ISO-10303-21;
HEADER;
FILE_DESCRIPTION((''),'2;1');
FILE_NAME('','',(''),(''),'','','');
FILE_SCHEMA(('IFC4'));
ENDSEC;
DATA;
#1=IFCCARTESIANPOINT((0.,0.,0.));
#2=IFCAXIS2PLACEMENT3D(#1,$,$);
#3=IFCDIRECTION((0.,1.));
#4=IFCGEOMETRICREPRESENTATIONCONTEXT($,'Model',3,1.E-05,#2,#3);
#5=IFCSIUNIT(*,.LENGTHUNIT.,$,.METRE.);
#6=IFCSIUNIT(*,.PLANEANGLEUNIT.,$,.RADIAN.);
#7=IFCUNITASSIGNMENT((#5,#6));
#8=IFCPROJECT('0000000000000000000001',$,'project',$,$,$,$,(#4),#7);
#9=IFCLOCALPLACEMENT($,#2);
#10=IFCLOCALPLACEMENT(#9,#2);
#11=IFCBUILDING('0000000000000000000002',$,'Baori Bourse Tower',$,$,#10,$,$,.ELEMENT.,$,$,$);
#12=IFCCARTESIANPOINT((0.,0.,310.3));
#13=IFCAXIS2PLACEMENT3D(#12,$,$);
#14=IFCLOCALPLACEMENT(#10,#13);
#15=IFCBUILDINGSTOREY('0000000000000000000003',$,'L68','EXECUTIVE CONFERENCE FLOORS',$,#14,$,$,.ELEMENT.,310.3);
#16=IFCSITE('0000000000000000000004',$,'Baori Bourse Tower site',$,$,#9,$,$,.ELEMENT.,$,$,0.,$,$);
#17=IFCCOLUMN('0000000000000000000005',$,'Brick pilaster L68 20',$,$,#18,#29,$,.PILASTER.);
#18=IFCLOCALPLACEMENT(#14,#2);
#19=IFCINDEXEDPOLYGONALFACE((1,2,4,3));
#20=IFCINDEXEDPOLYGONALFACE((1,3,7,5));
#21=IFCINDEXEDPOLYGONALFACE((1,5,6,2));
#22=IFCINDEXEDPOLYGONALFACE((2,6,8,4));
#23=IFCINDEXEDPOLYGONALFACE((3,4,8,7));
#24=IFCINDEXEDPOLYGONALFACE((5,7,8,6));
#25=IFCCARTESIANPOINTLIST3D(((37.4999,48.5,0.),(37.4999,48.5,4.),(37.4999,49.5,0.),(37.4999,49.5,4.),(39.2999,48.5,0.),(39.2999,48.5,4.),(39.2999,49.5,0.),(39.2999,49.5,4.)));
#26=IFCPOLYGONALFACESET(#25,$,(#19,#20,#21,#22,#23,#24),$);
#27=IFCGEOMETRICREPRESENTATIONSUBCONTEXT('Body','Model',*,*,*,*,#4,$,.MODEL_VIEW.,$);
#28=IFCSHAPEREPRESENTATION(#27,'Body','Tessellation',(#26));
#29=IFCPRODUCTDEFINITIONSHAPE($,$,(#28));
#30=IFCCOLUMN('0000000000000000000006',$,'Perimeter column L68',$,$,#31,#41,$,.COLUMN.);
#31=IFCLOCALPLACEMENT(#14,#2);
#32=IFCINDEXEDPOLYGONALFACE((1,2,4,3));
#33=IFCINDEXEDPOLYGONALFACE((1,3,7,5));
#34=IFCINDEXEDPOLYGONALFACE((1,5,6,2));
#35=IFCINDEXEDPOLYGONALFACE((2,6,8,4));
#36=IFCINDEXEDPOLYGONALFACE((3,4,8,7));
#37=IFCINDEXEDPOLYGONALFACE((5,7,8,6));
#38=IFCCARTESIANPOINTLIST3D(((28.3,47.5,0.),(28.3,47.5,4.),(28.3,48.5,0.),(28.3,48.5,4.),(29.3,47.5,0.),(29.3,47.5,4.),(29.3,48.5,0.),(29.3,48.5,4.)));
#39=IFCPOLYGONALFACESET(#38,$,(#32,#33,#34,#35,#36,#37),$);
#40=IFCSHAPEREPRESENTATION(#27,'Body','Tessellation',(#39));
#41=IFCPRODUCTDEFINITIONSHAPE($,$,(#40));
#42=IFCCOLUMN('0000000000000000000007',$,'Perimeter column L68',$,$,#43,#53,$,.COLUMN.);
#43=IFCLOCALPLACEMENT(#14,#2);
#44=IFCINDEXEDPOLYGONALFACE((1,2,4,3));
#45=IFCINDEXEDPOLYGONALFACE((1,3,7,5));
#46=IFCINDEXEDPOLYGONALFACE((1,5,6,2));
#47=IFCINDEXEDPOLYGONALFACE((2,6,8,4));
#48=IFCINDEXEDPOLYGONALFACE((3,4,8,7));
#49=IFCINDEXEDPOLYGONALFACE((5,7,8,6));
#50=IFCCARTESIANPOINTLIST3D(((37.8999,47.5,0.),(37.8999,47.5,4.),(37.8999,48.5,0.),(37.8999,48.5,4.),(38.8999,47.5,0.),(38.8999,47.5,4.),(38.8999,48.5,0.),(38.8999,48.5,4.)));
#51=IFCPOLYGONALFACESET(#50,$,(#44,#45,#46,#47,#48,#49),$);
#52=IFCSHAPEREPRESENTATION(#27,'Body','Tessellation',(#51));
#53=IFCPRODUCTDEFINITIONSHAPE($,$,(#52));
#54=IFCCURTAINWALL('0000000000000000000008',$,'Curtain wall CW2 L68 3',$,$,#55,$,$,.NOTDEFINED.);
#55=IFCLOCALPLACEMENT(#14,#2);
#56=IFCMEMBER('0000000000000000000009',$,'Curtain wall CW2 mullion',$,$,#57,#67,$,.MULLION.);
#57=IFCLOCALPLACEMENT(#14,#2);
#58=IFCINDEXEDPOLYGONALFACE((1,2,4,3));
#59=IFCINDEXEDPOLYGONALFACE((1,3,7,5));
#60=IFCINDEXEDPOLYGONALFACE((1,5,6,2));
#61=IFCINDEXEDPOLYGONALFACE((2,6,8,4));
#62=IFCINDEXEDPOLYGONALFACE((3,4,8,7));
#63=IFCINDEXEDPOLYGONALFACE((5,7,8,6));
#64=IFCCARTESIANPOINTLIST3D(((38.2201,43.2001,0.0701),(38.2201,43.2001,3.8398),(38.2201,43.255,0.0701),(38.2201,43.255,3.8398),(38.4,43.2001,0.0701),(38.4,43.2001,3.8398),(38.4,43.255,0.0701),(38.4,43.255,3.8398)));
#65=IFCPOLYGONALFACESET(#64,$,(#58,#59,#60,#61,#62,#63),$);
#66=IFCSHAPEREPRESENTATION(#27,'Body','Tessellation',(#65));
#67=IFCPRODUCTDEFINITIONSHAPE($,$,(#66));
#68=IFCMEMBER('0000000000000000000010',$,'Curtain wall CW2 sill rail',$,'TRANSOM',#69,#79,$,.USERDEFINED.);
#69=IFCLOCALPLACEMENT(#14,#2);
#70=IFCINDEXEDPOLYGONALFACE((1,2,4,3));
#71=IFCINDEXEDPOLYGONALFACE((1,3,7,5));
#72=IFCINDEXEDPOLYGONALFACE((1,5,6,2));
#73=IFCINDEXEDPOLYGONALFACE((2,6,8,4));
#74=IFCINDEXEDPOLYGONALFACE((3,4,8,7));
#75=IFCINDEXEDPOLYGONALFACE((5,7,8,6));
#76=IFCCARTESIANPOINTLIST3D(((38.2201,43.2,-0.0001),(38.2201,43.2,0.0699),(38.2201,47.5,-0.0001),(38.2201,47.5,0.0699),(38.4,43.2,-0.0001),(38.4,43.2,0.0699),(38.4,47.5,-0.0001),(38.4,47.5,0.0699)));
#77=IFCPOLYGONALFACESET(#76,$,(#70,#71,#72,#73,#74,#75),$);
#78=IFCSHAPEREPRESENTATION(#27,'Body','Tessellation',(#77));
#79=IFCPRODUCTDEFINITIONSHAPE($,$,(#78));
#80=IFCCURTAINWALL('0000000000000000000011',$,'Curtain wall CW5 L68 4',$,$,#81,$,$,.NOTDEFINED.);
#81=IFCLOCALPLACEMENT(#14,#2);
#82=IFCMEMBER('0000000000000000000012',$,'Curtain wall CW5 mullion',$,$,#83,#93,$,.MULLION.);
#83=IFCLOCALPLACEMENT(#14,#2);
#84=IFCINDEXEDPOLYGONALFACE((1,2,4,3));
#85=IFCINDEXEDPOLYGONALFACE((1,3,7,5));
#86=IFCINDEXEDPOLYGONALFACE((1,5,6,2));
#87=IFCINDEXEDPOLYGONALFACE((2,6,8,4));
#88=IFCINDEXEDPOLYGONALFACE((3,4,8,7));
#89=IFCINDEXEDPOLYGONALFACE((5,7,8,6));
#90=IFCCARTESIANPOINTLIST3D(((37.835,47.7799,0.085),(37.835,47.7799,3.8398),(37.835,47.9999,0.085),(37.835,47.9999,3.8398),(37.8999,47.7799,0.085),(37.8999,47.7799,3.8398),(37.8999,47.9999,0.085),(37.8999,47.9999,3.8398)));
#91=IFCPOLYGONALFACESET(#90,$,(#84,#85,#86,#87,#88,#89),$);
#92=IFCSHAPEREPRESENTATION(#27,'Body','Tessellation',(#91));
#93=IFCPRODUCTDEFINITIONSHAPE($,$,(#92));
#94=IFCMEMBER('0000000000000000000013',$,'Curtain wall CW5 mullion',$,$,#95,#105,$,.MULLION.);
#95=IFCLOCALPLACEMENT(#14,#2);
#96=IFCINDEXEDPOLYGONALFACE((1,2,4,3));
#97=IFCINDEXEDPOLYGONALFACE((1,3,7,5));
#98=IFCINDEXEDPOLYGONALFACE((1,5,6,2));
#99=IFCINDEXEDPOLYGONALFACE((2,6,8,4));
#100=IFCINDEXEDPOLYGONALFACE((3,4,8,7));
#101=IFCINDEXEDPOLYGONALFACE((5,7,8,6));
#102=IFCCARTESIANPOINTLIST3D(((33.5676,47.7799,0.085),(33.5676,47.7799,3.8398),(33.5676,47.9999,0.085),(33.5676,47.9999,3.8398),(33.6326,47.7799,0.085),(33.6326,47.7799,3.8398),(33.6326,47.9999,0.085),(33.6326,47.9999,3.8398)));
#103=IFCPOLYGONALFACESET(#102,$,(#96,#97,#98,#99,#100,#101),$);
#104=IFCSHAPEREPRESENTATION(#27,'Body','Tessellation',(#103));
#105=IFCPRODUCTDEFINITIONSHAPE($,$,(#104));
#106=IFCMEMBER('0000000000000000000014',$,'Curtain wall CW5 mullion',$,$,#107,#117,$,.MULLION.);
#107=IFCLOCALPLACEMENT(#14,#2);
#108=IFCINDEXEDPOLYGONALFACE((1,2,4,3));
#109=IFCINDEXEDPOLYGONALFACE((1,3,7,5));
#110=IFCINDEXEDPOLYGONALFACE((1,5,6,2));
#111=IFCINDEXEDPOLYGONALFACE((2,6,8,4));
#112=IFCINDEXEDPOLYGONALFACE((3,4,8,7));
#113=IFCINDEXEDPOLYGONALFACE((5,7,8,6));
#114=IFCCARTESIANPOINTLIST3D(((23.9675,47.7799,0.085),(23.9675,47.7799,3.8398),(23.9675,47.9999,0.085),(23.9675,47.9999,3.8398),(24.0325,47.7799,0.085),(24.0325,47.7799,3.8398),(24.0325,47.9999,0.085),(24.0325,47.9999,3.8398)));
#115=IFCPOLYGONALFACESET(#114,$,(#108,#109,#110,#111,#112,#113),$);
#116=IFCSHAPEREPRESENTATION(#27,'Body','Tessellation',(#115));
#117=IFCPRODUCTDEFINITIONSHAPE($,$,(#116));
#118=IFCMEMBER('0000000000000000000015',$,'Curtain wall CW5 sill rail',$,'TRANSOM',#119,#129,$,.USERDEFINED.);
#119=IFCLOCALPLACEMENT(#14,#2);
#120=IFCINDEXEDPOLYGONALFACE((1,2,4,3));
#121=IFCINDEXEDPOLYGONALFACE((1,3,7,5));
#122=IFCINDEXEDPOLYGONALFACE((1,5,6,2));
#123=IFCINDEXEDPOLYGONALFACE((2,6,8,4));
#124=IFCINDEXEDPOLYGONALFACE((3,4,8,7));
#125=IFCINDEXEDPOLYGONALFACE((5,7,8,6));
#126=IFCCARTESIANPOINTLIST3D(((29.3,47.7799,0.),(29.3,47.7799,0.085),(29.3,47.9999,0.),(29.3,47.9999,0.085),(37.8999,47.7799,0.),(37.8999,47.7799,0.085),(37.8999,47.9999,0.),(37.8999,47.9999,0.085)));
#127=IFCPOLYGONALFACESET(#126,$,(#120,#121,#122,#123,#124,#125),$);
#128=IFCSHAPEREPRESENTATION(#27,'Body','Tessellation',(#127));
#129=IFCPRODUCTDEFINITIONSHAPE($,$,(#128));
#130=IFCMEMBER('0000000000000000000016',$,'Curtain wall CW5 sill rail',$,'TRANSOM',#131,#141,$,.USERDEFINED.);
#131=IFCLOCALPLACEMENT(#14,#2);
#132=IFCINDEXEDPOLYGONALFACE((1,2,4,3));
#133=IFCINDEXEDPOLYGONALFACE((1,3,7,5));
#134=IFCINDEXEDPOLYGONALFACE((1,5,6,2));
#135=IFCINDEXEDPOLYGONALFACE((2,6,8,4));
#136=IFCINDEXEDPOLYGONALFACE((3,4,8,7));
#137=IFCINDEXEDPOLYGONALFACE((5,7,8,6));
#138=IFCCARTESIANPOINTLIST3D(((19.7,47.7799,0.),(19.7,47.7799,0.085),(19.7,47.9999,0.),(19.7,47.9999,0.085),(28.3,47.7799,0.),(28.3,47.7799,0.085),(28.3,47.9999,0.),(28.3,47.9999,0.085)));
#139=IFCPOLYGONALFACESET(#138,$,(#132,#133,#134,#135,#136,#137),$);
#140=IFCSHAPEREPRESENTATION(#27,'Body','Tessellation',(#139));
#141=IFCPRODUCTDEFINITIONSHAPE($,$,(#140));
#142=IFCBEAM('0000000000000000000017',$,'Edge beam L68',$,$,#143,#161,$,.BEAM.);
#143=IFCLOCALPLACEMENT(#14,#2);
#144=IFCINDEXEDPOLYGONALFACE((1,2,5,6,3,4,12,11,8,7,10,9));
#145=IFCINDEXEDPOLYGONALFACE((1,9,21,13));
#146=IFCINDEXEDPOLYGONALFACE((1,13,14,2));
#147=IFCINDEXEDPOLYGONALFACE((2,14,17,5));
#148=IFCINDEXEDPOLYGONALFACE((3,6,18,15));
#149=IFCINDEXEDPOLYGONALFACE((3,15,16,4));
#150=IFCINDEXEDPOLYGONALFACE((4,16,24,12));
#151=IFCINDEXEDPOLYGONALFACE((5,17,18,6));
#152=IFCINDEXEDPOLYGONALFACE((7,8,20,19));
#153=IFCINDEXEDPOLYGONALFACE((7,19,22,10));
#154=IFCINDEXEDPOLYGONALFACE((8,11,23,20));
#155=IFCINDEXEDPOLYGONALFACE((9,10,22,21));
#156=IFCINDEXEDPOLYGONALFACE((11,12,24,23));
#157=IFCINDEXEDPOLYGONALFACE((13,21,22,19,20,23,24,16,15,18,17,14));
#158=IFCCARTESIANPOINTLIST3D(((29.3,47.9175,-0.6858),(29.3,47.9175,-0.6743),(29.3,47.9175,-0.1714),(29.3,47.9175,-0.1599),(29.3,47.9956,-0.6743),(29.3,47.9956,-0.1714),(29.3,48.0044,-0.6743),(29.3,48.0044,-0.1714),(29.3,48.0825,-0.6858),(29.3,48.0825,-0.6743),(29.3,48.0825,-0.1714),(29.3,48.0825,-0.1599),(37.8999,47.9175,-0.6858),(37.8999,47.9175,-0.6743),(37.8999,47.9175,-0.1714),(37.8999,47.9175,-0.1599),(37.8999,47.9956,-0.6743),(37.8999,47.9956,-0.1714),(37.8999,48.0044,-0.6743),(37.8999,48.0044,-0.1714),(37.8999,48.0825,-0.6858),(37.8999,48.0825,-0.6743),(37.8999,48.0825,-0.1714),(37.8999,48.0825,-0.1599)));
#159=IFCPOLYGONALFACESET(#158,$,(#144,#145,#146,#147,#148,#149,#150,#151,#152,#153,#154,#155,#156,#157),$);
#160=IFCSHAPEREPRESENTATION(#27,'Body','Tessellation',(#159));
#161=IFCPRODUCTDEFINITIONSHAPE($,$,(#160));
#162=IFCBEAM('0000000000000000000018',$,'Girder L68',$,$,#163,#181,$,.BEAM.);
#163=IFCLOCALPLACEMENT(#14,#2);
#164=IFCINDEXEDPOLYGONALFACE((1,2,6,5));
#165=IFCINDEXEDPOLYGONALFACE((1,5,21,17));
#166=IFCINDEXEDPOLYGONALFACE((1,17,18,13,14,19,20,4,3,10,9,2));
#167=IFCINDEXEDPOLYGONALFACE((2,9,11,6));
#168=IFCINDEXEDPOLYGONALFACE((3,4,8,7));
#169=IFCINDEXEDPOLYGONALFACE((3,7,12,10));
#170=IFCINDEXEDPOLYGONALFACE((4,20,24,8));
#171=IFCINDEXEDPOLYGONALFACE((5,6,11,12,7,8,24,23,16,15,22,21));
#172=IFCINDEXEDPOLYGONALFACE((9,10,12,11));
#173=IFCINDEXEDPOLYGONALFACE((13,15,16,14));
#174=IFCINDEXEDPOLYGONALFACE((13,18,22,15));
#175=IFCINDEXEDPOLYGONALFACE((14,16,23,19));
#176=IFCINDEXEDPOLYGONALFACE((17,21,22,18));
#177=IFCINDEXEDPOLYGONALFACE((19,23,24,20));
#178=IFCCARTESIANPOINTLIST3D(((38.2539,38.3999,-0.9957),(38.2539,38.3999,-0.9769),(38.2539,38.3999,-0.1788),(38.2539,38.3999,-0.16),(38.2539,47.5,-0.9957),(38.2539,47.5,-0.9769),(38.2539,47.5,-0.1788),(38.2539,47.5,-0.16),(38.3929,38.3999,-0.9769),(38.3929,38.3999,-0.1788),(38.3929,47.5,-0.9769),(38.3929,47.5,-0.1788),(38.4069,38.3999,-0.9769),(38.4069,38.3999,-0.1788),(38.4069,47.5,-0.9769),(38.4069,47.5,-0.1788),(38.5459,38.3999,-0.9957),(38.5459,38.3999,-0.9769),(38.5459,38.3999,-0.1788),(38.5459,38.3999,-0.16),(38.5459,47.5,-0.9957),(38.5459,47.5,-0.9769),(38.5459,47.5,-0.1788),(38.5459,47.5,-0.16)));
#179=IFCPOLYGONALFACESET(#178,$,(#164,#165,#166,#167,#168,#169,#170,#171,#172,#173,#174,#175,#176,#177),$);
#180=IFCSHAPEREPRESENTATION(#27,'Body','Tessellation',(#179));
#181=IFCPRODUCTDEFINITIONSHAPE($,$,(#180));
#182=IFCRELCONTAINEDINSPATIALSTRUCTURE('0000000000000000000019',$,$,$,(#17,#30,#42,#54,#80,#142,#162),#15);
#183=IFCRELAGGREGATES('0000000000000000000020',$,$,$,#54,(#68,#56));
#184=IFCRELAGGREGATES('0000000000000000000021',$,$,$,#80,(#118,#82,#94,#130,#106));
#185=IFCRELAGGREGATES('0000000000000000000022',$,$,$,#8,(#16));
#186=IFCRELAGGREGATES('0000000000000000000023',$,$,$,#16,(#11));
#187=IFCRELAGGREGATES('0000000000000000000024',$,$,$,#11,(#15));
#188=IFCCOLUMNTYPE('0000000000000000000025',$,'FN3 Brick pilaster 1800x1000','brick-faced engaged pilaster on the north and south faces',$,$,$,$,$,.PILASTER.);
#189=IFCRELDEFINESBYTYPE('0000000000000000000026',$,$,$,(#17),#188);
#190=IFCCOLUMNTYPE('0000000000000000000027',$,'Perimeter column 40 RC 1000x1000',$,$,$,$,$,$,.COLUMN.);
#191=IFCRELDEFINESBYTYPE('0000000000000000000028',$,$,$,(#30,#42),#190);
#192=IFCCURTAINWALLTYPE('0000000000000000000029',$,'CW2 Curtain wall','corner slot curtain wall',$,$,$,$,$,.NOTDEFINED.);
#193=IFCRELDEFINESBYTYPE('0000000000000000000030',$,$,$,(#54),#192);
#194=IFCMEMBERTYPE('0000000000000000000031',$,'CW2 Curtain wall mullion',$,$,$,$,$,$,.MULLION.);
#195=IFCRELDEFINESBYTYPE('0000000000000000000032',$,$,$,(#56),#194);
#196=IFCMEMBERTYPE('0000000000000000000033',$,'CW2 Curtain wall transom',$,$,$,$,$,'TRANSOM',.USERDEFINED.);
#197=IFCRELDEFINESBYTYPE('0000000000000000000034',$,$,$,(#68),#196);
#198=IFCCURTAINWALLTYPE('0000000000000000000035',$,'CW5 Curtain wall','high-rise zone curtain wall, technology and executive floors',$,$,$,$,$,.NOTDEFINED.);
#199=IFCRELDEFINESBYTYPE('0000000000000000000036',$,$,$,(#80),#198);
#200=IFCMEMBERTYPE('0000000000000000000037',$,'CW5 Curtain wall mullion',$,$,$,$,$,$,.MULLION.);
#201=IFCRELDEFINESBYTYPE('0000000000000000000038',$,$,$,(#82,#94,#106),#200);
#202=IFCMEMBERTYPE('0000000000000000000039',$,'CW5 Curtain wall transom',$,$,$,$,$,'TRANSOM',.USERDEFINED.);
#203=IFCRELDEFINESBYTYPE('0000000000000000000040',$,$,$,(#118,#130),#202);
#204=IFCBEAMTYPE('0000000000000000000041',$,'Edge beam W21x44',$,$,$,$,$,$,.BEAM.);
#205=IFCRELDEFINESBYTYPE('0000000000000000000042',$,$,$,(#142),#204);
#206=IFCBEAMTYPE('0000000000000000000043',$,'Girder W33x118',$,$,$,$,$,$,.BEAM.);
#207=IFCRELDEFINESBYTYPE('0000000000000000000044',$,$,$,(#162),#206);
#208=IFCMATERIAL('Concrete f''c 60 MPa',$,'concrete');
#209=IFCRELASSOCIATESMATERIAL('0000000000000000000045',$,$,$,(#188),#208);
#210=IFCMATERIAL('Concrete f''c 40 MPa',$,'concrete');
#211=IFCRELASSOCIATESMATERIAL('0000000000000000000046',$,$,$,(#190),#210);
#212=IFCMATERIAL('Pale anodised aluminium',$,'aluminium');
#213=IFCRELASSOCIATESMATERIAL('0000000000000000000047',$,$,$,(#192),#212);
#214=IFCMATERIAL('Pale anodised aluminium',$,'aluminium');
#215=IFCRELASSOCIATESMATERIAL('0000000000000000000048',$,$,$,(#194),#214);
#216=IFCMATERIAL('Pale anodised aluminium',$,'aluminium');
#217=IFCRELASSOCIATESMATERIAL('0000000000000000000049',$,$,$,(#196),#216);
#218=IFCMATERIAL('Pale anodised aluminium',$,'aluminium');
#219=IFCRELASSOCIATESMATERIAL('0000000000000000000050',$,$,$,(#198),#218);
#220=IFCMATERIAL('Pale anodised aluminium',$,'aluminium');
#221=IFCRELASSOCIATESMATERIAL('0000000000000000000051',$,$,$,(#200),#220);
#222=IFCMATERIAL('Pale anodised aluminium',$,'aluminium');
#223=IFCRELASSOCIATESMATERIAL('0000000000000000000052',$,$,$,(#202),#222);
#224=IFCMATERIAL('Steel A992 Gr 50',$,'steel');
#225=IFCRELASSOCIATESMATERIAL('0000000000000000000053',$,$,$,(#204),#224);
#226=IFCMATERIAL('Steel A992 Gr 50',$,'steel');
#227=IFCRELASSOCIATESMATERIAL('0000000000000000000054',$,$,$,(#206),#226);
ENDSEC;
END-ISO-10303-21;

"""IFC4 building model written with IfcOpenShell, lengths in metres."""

from ifc_helpers import new_model, si_unit, direction, frame, origin, origin_2d, place, context, subcontext, project, spatial, rectangle, i_section, extrude, material, material_profile, profile_set, type_object, element, aggregate, save


model = new_model("IFC4")

# Units and contexts
model_context = context("Model", 3, precision=1e-05, world=origin(), true_north=direction((0.0, 1.0)))
body_context = subcontext(model_context, "Body", "Model", "MODEL_VIEW")
ifc_project = project(units=[si_unit("LENGTHUNIT", "METRE"), si_unit("PLANEANGLEUNIT", "RADIAN")], contexts=[model_context])

# Site, building, storey
site_placement = place(None, origin())
site = spatial("IfcSite", under=ifc_project, at=site_placement, Name="Baori Bourse Tower site", CompositionType="ELEMENT", RefElevation=0.0)
building_placement = place(site_placement, origin())
building = spatial("IfcBuilding", under=site, at=building_placement, Name="Baori Bourse Tower", CompositionType="ELEMENT")
storey_placement = place(building_placement, frame((0.0, 0.0, 310.3)))
storey = spatial("IfcBuildingStorey", under=building, at=storey_placement, Name="L68", Description="EXECUTIVE CONFERENCE FLOORS", CompositionType="ELEMENT", Elevation=310.3)

# Columns
ifc_material_1 = material(Name="Concrete f'c 60 MPa", Category="concrete")
ifc_material_profile_1 = material_profile(ifc_material_1, rectangle(XDim=1.8, YDim=1.0, at=origin_2d()), Name="RC 1800x1000")
ifc_profile_set_1 = profile_set([ifc_material_profile_1], Name="Concrete f'c 60 MPa")
column_type_1 = type_object("IfcColumnType", Name="FN3 Brick pilaster 1800x1000", Description="brick-faced engaged pilaster on the north and south faces", PredefinedType="PILASTER", material=ifc_profile_set_1)
column_placement = place(storey_placement, frame((38.3999, 49.0, 0.0), z_axis=(0.0, 0.0, 1.0), x_axis=(1.0, 0.0, 0.0)))
element("IfcColumn", 1, at=column_placement, inside=storey, type_object=column_type_1, Name="Brick pilaster L68 20", PredefinedType="PILASTER", context=body_context, shape_type="SweptSolid", body=[
    extrude(rectangle(XDim=1.8, YDim=1.0, at=origin_2d()), origin(), (0.0, 0.0, 1.0), 4.0),
])
ifc_material_2 = material(Name="Concrete f'c 40 MPa", Category="concrete")
ifc_material_profile_2 = material_profile(ifc_material_2, rectangle(XDim=1.0, YDim=1.0, at=origin_2d()), Name="RC 1000x1000")
ifc_profile_set_2 = profile_set([ifc_material_profile_2], Name="Concrete f'c 40 MPa")
column_type_2 = type_object("IfcColumnType", Name="Perimeter column 40 RC 1000x1000", PredefinedType="COLUMN", material=ifc_profile_set_2)
for number, where, z_axis, x_axis, name in (
    (2, (28.8, 48.0, 0.0), (0.0, 0.0, 1.0), (1.0, 0.0, 0.0), "Perimeter column L68"),
    (3, (38.3999, 48.0, 0.0), (0.0, 0.0, 1.0), (1.0, 0.0, 0.0), "Perimeter column L68"),
):
    element("IfcColumn", number, at=place(storey_placement, frame(where, z_axis=z_axis, x_axis=x_axis)), inside=storey, type_object=column_type_2, Name=name, PredefinedType="COLUMN", context=body_context, shape_type="SweptSolid", body=[
        extrude(rectangle(XDim=1.0, YDim=1.0, at=origin_2d()), origin(), (0.0, 0.0, 1.0), 4.0),
    ])

# Curtain walls, members
ifc_material_3 = material(Name="Pale anodised aluminium", Category="aluminium")
curtain_wall_type_1 = type_object("IfcCurtainWallType", Name="CW2 Curtain wall", Description="corner slot curtain wall", PredefinedType="NOTDEFINED", material=ifc_material_3)
curtain_wall_1_placement = place(storey_placement, origin())
curtain_wall_1 = element("IfcCurtainWall", 4, at=curtain_wall_1_placement, inside=storey, type_object=curtain_wall_type_1, Name="Curtain wall CW2 L68 3", PredefinedType="NOTDEFINED")
ifc_material_4 = material(Name="Pale anodised aluminium", Category="aluminium")
ifc_material_profile_3 = material_profile(ifc_material_4, rectangle(XDim=0.1799, YDim=0.0549, at=origin_2d()), Name="Mullion 55x180")
ifc_profile_set_3 = profile_set([ifc_material_profile_3], Name="Pale anodised aluminium")
member_type_1 = type_object("IfcMemberType", Name="CW2 Curtain wall mullion", PredefinedType="MULLION", material=ifc_profile_set_3)
member_1_placement = place(storey_placement, frame((38.3101, 43.2275, 0.0701), z_axis=(0.0, 0.0, 1.0), x_axis=(-1.0, 0.0, 0.0)))
member_1 = element("IfcMember", 5, at=member_1_placement, type_object=member_type_1, Name="Curtain wall CW2 mullion", PredefinedType="MULLION", context=body_context, shape_type="SweptSolid", body=[
    extrude(rectangle(XDim=0.1799, YDim=0.0549, at=origin_2d()), origin(), (0.0, 0.0, 1.0), 3.7698),
])
ifc_material_5 = material(Name="Pale anodised aluminium", Category="aluminium")
ifc_material_profile_4 = material_profile(ifc_material_5, rectangle(XDim=0.1799, YDim=0.0701, at=origin_2d()), Name="Transom 70x180")
ifc_profile_set_4 = profile_set([ifc_material_profile_4], Name="Pale anodised aluminium")
member_type_2 = type_object("IfcMemberType", Name="CW2 Curtain wall transom", ElementType="TRANSOM", PredefinedType="USERDEFINED", material=ifc_profile_set_4)
member_2_placement = place(storey_placement, frame((38.3101, 43.2, 0.0349), z_axis=(0.0, 1.0, 0.0), x_axis=(-1.0, 0.0, 0.0)))
member_2 = element("IfcMember", 6, at=member_2_placement, type_object=member_type_2, Name="Curtain wall CW2 sill rail", ObjectType="TRANSOM", PredefinedType="USERDEFINED", context=body_context, shape_type="SweptSolid", body=[
    extrude(rectangle(XDim=0.1799, YDim=0.0701, at=origin_2d()), origin(), (0.0, 0.0, 1.0), 4.3),
])
ifc_material_6 = material(Name="Pale anodised aluminium", Category="aluminium")
curtain_wall_type_2 = type_object("IfcCurtainWallType", Name="CW5 Curtain wall", Description="high-rise zone curtain wall, technology and executive floors", PredefinedType="NOTDEFINED", material=ifc_material_6)
curtain_wall_2_placement = place(storey_placement, origin())
curtain_wall_2 = element("IfcCurtainWall", 7, at=curtain_wall_2_placement, inside=storey, type_object=curtain_wall_type_2, Name="Curtain wall CW5 L68 4", PredefinedType="NOTDEFINED")
ifc_material_7 = material(Name="Pale anodised aluminium", Category="aluminium")
ifc_material_profile_5 = material_profile(ifc_material_7, rectangle(XDim=0.22, YDim=0.0649, at=origin_2d()), Name="Mullion 65x220")
ifc_profile_set_5 = profile_set([ifc_material_profile_5], Name="Pale anodised aluminium")
member_type_3 = type_object("IfcMemberType", Name="CW5 Curtain wall mullion", PredefinedType="MULLION", material=ifc_profile_set_5)
member_3_placement = place(storey_placement, frame((37.8674, 47.8899, 0.085), z_axis=(0.0, 0.0, 1.0), x_axis=(0.0, -1.0, 0.0)))
member_3 = element("IfcMember", 8, at=member_3_placement, type_object=member_type_3, Name="Curtain wall CW5 mullion", PredefinedType="MULLION", context=body_context, shape_type="SweptSolid", body=[
    extrude(rectangle(XDim=0.22, YDim=0.0649, at=origin_2d()), origin(), (0.0, 0.0, 1.0), 3.7549),
])
member_4_placement = place(storey_placement, frame((33.6001, 47.8899, 0.085), z_axis=(0.0, 0.0, 1.0), x_axis=(0.0, -1.0, 0.0)))
member_4 = element("IfcMember", 9, at=member_4_placement, type_object=member_type_3, Name="Curtain wall CW5 mullion", PredefinedType="MULLION", context=body_context, shape_type="SweptSolid", body=[
    extrude(rectangle(XDim=0.22, YDim=0.0649, at=origin_2d()), origin(), (0.0, 0.0, 1.0), 3.7549),
])
member_5_placement = place(storey_placement, frame((24.0, 47.8899, 0.085), z_axis=(0.0, 0.0, 1.0), x_axis=(0.0, -1.0, 0.0)))
member_5 = element("IfcMember", 10, at=member_5_placement, type_object=member_type_3, Name="Curtain wall CW5 mullion", PredefinedType="MULLION", context=body_context, shape_type="SweptSolid", body=[
    extrude(rectangle(XDim=0.22, YDim=0.0649, at=origin_2d()), origin(), (0.0, 0.0, 1.0), 3.7549),
])
ifc_material_8 = material(Name="Pale anodised aluminium", Category="aluminium")
ifc_material_profile_6 = material_profile(ifc_material_8, rectangle(XDim=0.22, YDim=0.085, at=origin_2d()), Name="Transom 85x220")
ifc_profile_set_6 = profile_set([ifc_material_profile_6], Name="Pale anodised aluminium")
member_type_4 = type_object("IfcMemberType", Name="CW5 Curtain wall transom", ElementType="TRANSOM", PredefinedType="USERDEFINED", material=ifc_profile_set_6)
member_6_placement = place(storey_placement, frame((37.8999, 47.8899, 0.0425), z_axis=(-1.0, 0.0, 0.0), x_axis=(0.0, -1.0, 0.0)))
member_6 = element("IfcMember", 11, at=member_6_placement, type_object=member_type_4, Name="Curtain wall CW5 sill rail", ObjectType="TRANSOM", PredefinedType="USERDEFINED", context=body_context, shape_type="SweptSolid", body=[
    extrude(rectangle(XDim=0.22, YDim=0.085, at=origin_2d()), origin(), (0.0, 0.0, 1.0), 8.5999),
])
member_7_placement = place(storey_placement, frame((28.3, 47.8899, 0.0425), z_axis=(-1.0, 0.0, 0.0), x_axis=(0.0, -1.0, 0.0)))
member_7 = element("IfcMember", 12, at=member_7_placement, type_object=member_type_4, Name="Curtain wall CW5 sill rail", ObjectType="TRANSOM", PredefinedType="USERDEFINED", context=body_context, shape_type="SweptSolid", body=[
    extrude(rectangle(XDim=0.22, YDim=0.085, at=origin_2d()), origin(), (0.0, 0.0, 1.0), 8.6001),
])

# Beams
ifc_material_9 = material(Name="Steel A992 Gr 50", Category="steel")
ifc_material_profile_7 = material_profile(ifc_material_9, i_section(OverallWidth=0.165, OverallDepth=0.5259, WebThickness=0.0088, FlangeThickness=0.0115, at=origin_2d()), Name="W21x44")
ifc_profile_set_7 = profile_set([ifc_material_profile_7], Name="Steel A992 Gr 50")
beam_type_1 = type_object("IfcBeamType", Name="Edge beam W21x44", PredefinedType="BEAM", material=ifc_profile_set_7)
beam_1_placement = place(storey_placement, frame((29.3, 48.0, -0.4229), z_axis=(1.0, 0.0, 0.0), x_axis=(0.0, 1.0, 0.0)))
element("IfcBeam", 13, at=beam_1_placement, inside=storey, type_object=beam_type_1, Name="Edge beam L68", PredefinedType="BEAM", context=body_context, shape_type="SweptSolid", body=[
    extrude(i_section(OverallWidth=0.165, OverallDepth=0.5259, WebThickness=0.0088, FlangeThickness=0.0115, at=origin_2d()), origin(), (0.0, 0.0, 1.0), 8.5999),
])
ifc_material_10 = material(Name="Steel A992 Gr 50", Category="steel")
ifc_material_profile_8 = material_profile(ifc_material_10, i_section(OverallWidth=0.292, OverallDepth=0.8357, WebThickness=0.0139, FlangeThickness=0.0188, at=origin_2d()), Name="W33x118")
ifc_profile_set_8 = profile_set([ifc_material_profile_8], Name="Steel A992 Gr 50")
beam_type_2 = type_object("IfcBeamType", Name="Girder W33x118", PredefinedType="BEAM", material=ifc_profile_set_8)
beam_2_placement = place(storey_placement, frame((38.3999, 38.3999, -0.5779), z_axis=(0.0, 1.0, 0.0), x_axis=(-1.0, 0.0, 0.0)))
element("IfcBeam", 14, at=beam_2_placement, inside=storey, type_object=beam_type_2, Name="Girder L68", PredefinedType="BEAM", context=body_context, shape_type="SweptSolid", body=[
    extrude(i_section(OverallWidth=0.292, OverallDepth=0.8357, WebThickness=0.0139, FlangeThickness=0.0188, at=origin_2d()), origin(), (0.0, 0.0, 1.0), 9.1001),
])

aggregate(curtain_wall_1, [member_2, member_1])
aggregate(curtain_wall_2, [member_6, member_3, member_4, member_7, member_5])

save(model, "model.ifc")
